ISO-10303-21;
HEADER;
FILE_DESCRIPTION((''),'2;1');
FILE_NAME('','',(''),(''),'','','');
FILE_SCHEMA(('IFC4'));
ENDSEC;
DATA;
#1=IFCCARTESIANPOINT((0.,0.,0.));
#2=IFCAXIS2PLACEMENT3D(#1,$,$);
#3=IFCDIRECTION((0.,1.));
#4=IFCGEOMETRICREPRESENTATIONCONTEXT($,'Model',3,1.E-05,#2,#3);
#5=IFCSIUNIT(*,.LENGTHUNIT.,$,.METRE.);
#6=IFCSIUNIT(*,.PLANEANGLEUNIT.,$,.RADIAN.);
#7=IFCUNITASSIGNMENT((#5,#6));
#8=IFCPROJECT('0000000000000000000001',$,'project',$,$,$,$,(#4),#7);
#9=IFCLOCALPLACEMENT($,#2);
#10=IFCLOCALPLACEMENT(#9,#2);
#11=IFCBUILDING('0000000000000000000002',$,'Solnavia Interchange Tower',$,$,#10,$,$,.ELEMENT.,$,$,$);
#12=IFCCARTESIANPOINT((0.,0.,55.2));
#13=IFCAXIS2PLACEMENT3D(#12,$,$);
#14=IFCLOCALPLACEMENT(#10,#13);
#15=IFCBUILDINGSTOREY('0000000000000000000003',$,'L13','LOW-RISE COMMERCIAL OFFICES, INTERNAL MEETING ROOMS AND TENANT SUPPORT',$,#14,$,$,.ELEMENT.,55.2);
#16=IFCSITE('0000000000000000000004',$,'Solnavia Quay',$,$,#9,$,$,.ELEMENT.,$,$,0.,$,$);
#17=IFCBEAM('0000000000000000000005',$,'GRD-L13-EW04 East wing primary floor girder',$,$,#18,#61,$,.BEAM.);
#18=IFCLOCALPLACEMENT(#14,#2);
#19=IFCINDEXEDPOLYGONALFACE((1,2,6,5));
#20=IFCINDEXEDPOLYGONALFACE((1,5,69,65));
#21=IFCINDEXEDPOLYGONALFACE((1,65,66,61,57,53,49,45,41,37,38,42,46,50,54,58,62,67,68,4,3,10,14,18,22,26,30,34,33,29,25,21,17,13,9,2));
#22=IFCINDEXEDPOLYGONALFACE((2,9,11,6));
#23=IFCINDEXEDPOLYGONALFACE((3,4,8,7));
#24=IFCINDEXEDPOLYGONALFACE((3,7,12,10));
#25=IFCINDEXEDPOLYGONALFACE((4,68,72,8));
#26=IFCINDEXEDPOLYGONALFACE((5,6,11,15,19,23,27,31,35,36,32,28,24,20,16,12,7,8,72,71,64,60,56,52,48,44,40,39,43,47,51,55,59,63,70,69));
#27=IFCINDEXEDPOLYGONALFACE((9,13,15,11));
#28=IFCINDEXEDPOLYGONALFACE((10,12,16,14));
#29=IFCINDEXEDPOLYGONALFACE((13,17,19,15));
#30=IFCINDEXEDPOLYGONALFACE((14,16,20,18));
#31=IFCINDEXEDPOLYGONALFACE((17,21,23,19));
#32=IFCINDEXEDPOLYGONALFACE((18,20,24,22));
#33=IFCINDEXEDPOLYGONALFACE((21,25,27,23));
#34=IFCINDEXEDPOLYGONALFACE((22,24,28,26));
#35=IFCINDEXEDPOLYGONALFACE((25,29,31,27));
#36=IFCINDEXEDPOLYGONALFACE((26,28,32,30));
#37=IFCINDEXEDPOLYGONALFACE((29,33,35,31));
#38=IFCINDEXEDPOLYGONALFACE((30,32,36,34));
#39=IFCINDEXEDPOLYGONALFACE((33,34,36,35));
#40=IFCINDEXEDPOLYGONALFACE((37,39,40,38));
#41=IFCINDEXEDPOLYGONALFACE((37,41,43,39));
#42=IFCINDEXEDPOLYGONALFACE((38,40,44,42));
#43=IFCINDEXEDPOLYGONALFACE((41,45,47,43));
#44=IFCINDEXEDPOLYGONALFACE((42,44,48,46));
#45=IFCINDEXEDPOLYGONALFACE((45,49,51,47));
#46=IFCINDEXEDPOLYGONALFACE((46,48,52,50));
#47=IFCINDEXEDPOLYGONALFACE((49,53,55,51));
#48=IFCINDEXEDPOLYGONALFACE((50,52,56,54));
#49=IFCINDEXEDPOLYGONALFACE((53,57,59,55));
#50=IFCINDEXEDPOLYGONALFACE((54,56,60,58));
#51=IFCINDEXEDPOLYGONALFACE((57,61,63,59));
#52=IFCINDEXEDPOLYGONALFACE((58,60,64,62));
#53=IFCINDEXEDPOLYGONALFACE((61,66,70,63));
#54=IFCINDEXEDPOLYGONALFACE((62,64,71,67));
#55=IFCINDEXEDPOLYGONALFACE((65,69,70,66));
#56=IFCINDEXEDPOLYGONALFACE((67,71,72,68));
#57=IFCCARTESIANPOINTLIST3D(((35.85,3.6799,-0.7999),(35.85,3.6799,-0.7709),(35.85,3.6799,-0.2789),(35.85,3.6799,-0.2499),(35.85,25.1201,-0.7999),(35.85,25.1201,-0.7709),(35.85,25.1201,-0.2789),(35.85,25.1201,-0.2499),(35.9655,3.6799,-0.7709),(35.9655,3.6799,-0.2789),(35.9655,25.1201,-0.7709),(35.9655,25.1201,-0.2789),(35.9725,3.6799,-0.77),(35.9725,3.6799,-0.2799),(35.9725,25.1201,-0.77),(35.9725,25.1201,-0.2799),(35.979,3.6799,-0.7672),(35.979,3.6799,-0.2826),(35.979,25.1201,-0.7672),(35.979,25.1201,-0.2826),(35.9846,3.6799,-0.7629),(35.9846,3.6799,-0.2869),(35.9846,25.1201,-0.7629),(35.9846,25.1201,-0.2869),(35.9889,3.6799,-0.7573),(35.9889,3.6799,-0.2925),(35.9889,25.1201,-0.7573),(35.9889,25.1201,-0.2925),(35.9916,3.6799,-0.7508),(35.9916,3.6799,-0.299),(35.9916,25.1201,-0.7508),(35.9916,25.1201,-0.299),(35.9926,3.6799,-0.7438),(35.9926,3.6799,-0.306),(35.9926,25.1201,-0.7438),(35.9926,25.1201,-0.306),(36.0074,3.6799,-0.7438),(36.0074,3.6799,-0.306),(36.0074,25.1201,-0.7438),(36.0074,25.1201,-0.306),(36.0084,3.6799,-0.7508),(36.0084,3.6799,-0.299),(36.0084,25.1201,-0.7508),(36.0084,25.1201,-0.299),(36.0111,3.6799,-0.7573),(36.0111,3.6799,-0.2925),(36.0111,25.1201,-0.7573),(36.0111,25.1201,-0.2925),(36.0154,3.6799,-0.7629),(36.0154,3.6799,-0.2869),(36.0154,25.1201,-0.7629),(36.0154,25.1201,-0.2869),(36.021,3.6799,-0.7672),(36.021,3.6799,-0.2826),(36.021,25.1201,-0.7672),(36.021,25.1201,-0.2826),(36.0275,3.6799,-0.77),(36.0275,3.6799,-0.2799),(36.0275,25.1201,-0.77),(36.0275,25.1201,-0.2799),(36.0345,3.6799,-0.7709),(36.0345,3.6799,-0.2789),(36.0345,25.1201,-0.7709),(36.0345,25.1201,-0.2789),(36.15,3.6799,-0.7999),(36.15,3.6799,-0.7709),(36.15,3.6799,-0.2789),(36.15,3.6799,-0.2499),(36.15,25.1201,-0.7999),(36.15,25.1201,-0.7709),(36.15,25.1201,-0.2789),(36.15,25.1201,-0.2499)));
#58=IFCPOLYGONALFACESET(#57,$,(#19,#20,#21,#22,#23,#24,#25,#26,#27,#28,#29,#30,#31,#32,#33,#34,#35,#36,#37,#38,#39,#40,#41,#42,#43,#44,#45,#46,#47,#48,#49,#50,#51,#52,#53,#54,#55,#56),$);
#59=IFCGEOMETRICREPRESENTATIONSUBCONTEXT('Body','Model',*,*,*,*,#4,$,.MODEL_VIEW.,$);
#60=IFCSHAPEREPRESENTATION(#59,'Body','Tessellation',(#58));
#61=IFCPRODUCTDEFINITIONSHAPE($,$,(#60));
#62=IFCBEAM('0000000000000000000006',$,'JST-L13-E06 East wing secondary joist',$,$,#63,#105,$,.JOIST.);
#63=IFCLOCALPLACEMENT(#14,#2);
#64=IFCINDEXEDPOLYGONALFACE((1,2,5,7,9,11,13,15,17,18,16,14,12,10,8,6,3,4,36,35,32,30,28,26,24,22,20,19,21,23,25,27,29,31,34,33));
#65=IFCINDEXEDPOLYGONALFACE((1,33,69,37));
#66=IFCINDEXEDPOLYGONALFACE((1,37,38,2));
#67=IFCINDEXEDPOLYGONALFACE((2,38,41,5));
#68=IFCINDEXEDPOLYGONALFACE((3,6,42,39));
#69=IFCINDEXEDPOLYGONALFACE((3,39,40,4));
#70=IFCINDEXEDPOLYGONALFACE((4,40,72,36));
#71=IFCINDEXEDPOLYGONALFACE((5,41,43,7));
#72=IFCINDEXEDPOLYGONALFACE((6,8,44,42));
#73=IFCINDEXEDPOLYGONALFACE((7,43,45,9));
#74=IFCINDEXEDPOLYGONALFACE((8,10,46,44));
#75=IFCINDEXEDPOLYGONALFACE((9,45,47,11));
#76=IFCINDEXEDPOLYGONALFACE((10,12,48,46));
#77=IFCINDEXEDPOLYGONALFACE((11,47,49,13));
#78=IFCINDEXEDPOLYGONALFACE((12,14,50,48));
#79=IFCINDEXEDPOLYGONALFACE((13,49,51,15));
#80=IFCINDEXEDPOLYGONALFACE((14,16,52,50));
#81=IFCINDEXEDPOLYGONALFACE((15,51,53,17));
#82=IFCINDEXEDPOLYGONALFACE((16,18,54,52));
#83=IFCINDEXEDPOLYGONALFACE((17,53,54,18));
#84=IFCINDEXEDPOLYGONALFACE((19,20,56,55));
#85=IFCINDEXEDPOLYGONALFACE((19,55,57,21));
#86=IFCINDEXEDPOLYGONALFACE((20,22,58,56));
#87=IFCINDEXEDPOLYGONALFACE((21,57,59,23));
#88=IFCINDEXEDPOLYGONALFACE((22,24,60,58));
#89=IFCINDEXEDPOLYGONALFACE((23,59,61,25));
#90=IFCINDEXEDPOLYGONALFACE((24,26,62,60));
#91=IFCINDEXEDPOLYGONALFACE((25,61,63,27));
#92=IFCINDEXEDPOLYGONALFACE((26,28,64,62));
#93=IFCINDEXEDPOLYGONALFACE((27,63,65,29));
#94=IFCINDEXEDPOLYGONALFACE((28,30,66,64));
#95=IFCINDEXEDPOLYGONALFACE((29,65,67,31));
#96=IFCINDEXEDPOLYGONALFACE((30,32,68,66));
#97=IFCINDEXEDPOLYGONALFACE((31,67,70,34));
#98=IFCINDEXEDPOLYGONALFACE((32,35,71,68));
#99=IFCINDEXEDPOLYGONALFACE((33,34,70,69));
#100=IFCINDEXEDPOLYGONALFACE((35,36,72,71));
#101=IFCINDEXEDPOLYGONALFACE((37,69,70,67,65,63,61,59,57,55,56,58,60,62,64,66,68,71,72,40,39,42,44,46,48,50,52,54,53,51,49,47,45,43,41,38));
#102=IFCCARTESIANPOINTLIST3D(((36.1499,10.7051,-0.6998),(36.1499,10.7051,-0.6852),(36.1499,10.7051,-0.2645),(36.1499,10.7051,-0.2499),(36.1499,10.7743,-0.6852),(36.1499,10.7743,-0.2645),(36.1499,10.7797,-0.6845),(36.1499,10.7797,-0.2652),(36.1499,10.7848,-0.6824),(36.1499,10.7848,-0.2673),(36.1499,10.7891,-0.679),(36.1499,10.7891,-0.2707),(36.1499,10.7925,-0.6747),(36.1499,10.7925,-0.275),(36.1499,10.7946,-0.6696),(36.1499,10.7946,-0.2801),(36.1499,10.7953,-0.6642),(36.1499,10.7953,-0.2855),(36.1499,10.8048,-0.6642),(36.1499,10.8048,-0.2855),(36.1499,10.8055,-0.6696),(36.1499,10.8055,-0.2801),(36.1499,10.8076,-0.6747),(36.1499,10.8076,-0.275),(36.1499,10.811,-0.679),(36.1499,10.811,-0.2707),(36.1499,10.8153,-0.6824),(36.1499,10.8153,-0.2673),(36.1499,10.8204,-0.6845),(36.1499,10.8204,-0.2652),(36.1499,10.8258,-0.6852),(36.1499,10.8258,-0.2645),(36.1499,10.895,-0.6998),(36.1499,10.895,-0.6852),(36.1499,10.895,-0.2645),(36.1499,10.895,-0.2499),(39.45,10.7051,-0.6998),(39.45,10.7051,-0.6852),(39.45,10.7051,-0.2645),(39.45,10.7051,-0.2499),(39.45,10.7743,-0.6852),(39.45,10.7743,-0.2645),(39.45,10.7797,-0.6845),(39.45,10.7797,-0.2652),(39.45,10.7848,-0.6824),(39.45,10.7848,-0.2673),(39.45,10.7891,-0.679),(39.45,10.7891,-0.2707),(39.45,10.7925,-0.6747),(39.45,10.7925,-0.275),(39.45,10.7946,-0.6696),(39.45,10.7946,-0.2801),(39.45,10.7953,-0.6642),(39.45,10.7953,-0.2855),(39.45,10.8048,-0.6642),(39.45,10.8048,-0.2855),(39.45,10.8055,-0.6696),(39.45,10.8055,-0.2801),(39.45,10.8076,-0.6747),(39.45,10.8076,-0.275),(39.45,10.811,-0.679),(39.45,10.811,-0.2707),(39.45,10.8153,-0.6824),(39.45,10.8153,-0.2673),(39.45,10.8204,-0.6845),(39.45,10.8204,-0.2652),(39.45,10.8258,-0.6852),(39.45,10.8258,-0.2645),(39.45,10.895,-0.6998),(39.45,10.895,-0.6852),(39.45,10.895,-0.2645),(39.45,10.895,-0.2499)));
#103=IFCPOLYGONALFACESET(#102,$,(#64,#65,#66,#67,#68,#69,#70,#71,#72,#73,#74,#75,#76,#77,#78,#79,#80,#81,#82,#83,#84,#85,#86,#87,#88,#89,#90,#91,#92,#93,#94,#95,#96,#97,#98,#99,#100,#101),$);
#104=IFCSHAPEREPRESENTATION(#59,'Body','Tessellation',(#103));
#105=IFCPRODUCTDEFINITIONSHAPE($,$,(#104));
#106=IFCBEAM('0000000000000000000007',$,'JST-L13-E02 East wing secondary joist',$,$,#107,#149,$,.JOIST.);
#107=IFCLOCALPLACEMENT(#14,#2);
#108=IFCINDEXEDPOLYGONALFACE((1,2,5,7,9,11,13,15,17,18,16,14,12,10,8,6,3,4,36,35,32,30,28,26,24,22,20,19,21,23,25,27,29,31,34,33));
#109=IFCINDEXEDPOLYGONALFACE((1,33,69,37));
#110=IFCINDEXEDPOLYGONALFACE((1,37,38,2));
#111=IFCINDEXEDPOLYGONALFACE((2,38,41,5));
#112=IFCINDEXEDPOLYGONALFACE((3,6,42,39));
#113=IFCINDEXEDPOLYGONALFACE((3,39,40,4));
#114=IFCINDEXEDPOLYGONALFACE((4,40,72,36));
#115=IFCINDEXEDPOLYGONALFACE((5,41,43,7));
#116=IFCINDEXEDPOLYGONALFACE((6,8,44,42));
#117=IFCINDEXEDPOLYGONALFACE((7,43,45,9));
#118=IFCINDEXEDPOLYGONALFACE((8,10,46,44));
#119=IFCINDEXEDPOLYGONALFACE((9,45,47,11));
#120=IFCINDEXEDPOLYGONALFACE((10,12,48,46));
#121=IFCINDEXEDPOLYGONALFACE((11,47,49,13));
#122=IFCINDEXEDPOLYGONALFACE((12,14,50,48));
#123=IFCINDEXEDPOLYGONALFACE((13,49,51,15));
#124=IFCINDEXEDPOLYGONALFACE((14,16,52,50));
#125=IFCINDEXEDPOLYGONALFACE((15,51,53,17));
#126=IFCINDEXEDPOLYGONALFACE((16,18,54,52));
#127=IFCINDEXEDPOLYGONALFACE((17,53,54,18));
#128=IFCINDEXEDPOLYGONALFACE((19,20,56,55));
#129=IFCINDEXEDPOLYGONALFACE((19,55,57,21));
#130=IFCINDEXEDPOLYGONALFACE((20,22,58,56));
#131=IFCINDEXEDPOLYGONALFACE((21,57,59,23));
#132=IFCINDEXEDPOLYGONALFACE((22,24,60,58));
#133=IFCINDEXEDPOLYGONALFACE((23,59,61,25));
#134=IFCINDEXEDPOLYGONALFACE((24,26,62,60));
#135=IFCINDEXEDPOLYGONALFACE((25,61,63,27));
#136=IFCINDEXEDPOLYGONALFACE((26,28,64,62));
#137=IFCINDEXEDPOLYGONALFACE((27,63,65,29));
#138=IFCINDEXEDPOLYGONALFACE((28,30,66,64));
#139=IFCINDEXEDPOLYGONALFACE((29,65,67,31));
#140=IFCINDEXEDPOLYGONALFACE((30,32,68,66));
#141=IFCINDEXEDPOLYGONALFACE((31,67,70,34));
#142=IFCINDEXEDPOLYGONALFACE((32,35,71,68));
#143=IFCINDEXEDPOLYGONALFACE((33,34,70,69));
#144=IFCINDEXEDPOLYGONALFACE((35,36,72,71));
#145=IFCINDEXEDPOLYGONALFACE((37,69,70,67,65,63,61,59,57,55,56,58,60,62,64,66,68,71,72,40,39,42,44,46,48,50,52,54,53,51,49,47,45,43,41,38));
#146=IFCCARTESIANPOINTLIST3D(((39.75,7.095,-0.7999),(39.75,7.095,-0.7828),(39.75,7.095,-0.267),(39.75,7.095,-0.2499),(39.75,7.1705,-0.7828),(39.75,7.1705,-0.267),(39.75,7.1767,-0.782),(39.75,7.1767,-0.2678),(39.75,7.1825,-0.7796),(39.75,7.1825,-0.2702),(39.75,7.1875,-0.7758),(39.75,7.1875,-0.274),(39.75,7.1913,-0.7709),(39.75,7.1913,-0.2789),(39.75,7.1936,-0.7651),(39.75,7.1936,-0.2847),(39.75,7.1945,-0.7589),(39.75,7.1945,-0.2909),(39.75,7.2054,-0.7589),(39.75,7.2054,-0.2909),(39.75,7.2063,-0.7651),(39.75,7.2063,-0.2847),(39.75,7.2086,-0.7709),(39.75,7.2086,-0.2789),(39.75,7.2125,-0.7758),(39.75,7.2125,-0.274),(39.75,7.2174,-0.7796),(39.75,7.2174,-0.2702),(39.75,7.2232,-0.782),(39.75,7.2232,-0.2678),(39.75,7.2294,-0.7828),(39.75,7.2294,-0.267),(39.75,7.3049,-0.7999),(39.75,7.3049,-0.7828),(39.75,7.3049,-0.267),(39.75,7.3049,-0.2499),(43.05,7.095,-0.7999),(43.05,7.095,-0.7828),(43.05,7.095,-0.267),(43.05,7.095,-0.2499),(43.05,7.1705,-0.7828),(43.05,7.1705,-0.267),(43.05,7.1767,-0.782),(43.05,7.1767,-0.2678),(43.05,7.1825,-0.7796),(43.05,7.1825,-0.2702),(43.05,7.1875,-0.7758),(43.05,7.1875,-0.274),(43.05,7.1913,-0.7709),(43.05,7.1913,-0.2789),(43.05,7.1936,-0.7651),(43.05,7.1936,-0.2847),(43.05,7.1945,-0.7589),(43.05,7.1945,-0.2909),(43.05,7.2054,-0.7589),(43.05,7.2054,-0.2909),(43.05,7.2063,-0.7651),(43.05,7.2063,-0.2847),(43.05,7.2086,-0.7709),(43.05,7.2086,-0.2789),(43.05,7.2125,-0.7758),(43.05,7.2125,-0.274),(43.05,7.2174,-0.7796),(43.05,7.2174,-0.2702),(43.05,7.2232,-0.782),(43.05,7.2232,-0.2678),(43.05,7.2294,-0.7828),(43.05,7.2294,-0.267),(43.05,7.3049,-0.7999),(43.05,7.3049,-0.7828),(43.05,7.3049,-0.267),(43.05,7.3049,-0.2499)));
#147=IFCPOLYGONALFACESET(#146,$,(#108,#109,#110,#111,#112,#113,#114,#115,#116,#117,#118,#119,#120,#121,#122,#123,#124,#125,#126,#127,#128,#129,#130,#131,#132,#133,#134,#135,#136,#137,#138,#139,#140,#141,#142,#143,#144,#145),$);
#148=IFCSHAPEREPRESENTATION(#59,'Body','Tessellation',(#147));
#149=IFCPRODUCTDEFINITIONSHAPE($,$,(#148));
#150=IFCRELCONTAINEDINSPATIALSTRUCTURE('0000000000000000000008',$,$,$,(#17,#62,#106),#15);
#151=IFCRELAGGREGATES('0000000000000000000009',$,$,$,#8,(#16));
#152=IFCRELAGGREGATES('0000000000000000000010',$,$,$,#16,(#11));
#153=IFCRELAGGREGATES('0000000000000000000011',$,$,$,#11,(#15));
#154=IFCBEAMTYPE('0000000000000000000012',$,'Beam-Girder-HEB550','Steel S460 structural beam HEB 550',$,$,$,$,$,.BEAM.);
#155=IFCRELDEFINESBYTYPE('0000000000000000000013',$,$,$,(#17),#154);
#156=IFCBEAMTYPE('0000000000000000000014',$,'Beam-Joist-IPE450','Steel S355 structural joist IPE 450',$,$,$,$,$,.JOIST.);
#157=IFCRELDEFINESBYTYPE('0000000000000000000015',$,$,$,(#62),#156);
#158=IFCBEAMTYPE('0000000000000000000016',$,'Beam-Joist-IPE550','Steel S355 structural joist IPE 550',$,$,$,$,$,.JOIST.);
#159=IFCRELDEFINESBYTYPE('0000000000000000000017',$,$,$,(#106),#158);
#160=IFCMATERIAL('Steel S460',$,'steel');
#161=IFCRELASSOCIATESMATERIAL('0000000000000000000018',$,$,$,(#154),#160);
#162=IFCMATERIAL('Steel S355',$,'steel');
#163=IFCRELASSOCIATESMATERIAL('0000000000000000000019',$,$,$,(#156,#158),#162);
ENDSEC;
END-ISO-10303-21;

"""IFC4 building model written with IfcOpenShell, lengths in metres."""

from ifc_helpers import new_model, si_unit, direction, frame, origin, origin_2d, place, context, subcontext, project, spatial, i_section, extrude, material, material_profile, profile_set, type_object, element, save


model = new_model("IFC4")

# Units and contexts
model_context = context("Model", 3, precision=1e-05, world=origin(), true_north=direction((0.0, 1.0)))
body_context = subcontext(model_context, "Body", "Model", "MODEL_VIEW")
ifc_project = project(units=[si_unit("LENGTHUNIT", "METRE"), si_unit("PLANEANGLEUNIT", "RADIAN")], contexts=[model_context])

# Site, building, storey
site_placement = place(None, origin())
site = spatial("IfcSite", under=ifc_project, at=site_placement, Name="Solnavia Quay", CompositionType="ELEMENT", RefElevation=0.0)
building_placement = place(site_placement, origin())
building = spatial("IfcBuilding", under=site, at=building_placement, Name="Solnavia Interchange Tower", CompositionType="ELEMENT")
storey_placement = place(building_placement, frame((0.0, 0.0, 55.2)))
storey = spatial("IfcBuildingStorey", under=building, at=storey_placement, Name="L13", Description="LOW-RISE COMMERCIAL OFFICES, INTERNAL MEETING ROOMS AND TENANT SUPPORT", CompositionType="ELEMENT", Elevation=55.2)

# Shared definitions
ifc_material_1 = material(Name="Steel S355", Category="steel")

# Beams
ifc_material_2 = material(Name="Steel S460", Category="steel")
ifc_material_profile_1 = material_profile(ifc_material_2, i_section(OverallWidth=0.3, OverallDepth=0.55, WebThickness=0.0149, FlangeThickness=0.0291, FilletRadius=0.0271, at=origin_2d()), Name="HEB 550")
ifc_profile_set_1 = profile_set([ifc_material_profile_1], Name="Steel S460")
beam_type_1 = type_object("IfcBeamType", Name="Beam-Girder-HEB550", Description="Steel S460 structural beam HEB 550", PredefinedType="BEAM", material=ifc_profile_set_1)
beam_1_placement = place(storey_placement, frame((36.0, 3.6799, -0.5249), z_axis=(0.0, 1.0, 0.0), x_axis=(-1.0, 0.0, 0.0)))
element("IfcBeam", 1, at=beam_1_placement, inside=storey, type_object=beam_type_1, Name="GRD-L13-EW04 East wing primary floor girder", PredefinedType="BEAM", context=body_context, shape_type="SweptSolid", body=[
    extrude(i_section(OverallWidth=0.3, OverallDepth=0.55, WebThickness=0.0149, FlangeThickness=0.0291, FilletRadius=0.0271, at=origin_2d()), origin(), (0.0, 0.0, 1.0), 21.4402),
])
ifc_material_profile_2 = material_profile(ifc_material_1, i_section(OverallWidth=0.1899, OverallDepth=0.45, WebThickness=0.0095, FlangeThickness=0.0146, FilletRadius=0.021, at=origin_2d()), Name="IPE 450")
ifc_profile_set_2 = profile_set([ifc_material_profile_2], Name="Steel S355")
beam_type_2 = type_object("IfcBeamType", Name="Beam-Joist-IPE450", Description="Steel S355 structural joist IPE 450", PredefinedType="JOIST", material=ifc_profile_set_2)
beam_2_placement = place(storey_placement, frame((36.1499, 10.8, -0.4749), z_axis=(1.0, 0.0, 0.0), x_axis=(0.0, 1.0, 0.0)))
element("IfcBeam", 2, at=beam_2_placement, inside=storey, type_object=beam_type_2, Name="JST-L13-E06 East wing secondary joist", PredefinedType="JOIST", context=body_context, shape_type="SweptSolid", body=[
    extrude(i_section(OverallWidth=0.1899, OverallDepth=0.45, WebThickness=0.0095, FlangeThickness=0.0146, FilletRadius=0.021, at=origin_2d()), origin(), (0.0, 0.0, 1.0), 3.3),
])
ifc_material_profile_3 = material_profile(ifc_material_1, i_section(OverallWidth=0.21, OverallDepth=0.55, WebThickness=0.011, FlangeThickness=0.0171, FilletRadius=0.0239, at=origin_2d()), Name="IPE 550")
ifc_profile_set_3 = profile_set([ifc_material_profile_3], Name="Steel S355")
beam_type_3 = type_object("IfcBeamType", Name="Beam-Joist-IPE550", Description="Steel S355 structural joist IPE 550", PredefinedType="JOIST", material=ifc_profile_set_3)
beam_3_placement = place(storey_placement, frame((39.75, 7.2, -0.5249), z_axis=(1.0, 0.0, 0.0), x_axis=(0.0, 1.0, 0.0)))
element("IfcBeam", 3, at=beam_3_placement, inside=storey, type_object=beam_type_3, Name="JST-L13-E02 East wing secondary joist", PredefinedType="JOIST", context=body_context, shape_type="SweptSolid", body=[
    extrude(i_section(OverallWidth=0.21, OverallDepth=0.55, WebThickness=0.011, FlangeThickness=0.0171, FilletRadius=0.0239, at=origin_2d()), origin(), (0.0, 0.0, 1.0), 3.3),
])

save(model, "model.ifc")
